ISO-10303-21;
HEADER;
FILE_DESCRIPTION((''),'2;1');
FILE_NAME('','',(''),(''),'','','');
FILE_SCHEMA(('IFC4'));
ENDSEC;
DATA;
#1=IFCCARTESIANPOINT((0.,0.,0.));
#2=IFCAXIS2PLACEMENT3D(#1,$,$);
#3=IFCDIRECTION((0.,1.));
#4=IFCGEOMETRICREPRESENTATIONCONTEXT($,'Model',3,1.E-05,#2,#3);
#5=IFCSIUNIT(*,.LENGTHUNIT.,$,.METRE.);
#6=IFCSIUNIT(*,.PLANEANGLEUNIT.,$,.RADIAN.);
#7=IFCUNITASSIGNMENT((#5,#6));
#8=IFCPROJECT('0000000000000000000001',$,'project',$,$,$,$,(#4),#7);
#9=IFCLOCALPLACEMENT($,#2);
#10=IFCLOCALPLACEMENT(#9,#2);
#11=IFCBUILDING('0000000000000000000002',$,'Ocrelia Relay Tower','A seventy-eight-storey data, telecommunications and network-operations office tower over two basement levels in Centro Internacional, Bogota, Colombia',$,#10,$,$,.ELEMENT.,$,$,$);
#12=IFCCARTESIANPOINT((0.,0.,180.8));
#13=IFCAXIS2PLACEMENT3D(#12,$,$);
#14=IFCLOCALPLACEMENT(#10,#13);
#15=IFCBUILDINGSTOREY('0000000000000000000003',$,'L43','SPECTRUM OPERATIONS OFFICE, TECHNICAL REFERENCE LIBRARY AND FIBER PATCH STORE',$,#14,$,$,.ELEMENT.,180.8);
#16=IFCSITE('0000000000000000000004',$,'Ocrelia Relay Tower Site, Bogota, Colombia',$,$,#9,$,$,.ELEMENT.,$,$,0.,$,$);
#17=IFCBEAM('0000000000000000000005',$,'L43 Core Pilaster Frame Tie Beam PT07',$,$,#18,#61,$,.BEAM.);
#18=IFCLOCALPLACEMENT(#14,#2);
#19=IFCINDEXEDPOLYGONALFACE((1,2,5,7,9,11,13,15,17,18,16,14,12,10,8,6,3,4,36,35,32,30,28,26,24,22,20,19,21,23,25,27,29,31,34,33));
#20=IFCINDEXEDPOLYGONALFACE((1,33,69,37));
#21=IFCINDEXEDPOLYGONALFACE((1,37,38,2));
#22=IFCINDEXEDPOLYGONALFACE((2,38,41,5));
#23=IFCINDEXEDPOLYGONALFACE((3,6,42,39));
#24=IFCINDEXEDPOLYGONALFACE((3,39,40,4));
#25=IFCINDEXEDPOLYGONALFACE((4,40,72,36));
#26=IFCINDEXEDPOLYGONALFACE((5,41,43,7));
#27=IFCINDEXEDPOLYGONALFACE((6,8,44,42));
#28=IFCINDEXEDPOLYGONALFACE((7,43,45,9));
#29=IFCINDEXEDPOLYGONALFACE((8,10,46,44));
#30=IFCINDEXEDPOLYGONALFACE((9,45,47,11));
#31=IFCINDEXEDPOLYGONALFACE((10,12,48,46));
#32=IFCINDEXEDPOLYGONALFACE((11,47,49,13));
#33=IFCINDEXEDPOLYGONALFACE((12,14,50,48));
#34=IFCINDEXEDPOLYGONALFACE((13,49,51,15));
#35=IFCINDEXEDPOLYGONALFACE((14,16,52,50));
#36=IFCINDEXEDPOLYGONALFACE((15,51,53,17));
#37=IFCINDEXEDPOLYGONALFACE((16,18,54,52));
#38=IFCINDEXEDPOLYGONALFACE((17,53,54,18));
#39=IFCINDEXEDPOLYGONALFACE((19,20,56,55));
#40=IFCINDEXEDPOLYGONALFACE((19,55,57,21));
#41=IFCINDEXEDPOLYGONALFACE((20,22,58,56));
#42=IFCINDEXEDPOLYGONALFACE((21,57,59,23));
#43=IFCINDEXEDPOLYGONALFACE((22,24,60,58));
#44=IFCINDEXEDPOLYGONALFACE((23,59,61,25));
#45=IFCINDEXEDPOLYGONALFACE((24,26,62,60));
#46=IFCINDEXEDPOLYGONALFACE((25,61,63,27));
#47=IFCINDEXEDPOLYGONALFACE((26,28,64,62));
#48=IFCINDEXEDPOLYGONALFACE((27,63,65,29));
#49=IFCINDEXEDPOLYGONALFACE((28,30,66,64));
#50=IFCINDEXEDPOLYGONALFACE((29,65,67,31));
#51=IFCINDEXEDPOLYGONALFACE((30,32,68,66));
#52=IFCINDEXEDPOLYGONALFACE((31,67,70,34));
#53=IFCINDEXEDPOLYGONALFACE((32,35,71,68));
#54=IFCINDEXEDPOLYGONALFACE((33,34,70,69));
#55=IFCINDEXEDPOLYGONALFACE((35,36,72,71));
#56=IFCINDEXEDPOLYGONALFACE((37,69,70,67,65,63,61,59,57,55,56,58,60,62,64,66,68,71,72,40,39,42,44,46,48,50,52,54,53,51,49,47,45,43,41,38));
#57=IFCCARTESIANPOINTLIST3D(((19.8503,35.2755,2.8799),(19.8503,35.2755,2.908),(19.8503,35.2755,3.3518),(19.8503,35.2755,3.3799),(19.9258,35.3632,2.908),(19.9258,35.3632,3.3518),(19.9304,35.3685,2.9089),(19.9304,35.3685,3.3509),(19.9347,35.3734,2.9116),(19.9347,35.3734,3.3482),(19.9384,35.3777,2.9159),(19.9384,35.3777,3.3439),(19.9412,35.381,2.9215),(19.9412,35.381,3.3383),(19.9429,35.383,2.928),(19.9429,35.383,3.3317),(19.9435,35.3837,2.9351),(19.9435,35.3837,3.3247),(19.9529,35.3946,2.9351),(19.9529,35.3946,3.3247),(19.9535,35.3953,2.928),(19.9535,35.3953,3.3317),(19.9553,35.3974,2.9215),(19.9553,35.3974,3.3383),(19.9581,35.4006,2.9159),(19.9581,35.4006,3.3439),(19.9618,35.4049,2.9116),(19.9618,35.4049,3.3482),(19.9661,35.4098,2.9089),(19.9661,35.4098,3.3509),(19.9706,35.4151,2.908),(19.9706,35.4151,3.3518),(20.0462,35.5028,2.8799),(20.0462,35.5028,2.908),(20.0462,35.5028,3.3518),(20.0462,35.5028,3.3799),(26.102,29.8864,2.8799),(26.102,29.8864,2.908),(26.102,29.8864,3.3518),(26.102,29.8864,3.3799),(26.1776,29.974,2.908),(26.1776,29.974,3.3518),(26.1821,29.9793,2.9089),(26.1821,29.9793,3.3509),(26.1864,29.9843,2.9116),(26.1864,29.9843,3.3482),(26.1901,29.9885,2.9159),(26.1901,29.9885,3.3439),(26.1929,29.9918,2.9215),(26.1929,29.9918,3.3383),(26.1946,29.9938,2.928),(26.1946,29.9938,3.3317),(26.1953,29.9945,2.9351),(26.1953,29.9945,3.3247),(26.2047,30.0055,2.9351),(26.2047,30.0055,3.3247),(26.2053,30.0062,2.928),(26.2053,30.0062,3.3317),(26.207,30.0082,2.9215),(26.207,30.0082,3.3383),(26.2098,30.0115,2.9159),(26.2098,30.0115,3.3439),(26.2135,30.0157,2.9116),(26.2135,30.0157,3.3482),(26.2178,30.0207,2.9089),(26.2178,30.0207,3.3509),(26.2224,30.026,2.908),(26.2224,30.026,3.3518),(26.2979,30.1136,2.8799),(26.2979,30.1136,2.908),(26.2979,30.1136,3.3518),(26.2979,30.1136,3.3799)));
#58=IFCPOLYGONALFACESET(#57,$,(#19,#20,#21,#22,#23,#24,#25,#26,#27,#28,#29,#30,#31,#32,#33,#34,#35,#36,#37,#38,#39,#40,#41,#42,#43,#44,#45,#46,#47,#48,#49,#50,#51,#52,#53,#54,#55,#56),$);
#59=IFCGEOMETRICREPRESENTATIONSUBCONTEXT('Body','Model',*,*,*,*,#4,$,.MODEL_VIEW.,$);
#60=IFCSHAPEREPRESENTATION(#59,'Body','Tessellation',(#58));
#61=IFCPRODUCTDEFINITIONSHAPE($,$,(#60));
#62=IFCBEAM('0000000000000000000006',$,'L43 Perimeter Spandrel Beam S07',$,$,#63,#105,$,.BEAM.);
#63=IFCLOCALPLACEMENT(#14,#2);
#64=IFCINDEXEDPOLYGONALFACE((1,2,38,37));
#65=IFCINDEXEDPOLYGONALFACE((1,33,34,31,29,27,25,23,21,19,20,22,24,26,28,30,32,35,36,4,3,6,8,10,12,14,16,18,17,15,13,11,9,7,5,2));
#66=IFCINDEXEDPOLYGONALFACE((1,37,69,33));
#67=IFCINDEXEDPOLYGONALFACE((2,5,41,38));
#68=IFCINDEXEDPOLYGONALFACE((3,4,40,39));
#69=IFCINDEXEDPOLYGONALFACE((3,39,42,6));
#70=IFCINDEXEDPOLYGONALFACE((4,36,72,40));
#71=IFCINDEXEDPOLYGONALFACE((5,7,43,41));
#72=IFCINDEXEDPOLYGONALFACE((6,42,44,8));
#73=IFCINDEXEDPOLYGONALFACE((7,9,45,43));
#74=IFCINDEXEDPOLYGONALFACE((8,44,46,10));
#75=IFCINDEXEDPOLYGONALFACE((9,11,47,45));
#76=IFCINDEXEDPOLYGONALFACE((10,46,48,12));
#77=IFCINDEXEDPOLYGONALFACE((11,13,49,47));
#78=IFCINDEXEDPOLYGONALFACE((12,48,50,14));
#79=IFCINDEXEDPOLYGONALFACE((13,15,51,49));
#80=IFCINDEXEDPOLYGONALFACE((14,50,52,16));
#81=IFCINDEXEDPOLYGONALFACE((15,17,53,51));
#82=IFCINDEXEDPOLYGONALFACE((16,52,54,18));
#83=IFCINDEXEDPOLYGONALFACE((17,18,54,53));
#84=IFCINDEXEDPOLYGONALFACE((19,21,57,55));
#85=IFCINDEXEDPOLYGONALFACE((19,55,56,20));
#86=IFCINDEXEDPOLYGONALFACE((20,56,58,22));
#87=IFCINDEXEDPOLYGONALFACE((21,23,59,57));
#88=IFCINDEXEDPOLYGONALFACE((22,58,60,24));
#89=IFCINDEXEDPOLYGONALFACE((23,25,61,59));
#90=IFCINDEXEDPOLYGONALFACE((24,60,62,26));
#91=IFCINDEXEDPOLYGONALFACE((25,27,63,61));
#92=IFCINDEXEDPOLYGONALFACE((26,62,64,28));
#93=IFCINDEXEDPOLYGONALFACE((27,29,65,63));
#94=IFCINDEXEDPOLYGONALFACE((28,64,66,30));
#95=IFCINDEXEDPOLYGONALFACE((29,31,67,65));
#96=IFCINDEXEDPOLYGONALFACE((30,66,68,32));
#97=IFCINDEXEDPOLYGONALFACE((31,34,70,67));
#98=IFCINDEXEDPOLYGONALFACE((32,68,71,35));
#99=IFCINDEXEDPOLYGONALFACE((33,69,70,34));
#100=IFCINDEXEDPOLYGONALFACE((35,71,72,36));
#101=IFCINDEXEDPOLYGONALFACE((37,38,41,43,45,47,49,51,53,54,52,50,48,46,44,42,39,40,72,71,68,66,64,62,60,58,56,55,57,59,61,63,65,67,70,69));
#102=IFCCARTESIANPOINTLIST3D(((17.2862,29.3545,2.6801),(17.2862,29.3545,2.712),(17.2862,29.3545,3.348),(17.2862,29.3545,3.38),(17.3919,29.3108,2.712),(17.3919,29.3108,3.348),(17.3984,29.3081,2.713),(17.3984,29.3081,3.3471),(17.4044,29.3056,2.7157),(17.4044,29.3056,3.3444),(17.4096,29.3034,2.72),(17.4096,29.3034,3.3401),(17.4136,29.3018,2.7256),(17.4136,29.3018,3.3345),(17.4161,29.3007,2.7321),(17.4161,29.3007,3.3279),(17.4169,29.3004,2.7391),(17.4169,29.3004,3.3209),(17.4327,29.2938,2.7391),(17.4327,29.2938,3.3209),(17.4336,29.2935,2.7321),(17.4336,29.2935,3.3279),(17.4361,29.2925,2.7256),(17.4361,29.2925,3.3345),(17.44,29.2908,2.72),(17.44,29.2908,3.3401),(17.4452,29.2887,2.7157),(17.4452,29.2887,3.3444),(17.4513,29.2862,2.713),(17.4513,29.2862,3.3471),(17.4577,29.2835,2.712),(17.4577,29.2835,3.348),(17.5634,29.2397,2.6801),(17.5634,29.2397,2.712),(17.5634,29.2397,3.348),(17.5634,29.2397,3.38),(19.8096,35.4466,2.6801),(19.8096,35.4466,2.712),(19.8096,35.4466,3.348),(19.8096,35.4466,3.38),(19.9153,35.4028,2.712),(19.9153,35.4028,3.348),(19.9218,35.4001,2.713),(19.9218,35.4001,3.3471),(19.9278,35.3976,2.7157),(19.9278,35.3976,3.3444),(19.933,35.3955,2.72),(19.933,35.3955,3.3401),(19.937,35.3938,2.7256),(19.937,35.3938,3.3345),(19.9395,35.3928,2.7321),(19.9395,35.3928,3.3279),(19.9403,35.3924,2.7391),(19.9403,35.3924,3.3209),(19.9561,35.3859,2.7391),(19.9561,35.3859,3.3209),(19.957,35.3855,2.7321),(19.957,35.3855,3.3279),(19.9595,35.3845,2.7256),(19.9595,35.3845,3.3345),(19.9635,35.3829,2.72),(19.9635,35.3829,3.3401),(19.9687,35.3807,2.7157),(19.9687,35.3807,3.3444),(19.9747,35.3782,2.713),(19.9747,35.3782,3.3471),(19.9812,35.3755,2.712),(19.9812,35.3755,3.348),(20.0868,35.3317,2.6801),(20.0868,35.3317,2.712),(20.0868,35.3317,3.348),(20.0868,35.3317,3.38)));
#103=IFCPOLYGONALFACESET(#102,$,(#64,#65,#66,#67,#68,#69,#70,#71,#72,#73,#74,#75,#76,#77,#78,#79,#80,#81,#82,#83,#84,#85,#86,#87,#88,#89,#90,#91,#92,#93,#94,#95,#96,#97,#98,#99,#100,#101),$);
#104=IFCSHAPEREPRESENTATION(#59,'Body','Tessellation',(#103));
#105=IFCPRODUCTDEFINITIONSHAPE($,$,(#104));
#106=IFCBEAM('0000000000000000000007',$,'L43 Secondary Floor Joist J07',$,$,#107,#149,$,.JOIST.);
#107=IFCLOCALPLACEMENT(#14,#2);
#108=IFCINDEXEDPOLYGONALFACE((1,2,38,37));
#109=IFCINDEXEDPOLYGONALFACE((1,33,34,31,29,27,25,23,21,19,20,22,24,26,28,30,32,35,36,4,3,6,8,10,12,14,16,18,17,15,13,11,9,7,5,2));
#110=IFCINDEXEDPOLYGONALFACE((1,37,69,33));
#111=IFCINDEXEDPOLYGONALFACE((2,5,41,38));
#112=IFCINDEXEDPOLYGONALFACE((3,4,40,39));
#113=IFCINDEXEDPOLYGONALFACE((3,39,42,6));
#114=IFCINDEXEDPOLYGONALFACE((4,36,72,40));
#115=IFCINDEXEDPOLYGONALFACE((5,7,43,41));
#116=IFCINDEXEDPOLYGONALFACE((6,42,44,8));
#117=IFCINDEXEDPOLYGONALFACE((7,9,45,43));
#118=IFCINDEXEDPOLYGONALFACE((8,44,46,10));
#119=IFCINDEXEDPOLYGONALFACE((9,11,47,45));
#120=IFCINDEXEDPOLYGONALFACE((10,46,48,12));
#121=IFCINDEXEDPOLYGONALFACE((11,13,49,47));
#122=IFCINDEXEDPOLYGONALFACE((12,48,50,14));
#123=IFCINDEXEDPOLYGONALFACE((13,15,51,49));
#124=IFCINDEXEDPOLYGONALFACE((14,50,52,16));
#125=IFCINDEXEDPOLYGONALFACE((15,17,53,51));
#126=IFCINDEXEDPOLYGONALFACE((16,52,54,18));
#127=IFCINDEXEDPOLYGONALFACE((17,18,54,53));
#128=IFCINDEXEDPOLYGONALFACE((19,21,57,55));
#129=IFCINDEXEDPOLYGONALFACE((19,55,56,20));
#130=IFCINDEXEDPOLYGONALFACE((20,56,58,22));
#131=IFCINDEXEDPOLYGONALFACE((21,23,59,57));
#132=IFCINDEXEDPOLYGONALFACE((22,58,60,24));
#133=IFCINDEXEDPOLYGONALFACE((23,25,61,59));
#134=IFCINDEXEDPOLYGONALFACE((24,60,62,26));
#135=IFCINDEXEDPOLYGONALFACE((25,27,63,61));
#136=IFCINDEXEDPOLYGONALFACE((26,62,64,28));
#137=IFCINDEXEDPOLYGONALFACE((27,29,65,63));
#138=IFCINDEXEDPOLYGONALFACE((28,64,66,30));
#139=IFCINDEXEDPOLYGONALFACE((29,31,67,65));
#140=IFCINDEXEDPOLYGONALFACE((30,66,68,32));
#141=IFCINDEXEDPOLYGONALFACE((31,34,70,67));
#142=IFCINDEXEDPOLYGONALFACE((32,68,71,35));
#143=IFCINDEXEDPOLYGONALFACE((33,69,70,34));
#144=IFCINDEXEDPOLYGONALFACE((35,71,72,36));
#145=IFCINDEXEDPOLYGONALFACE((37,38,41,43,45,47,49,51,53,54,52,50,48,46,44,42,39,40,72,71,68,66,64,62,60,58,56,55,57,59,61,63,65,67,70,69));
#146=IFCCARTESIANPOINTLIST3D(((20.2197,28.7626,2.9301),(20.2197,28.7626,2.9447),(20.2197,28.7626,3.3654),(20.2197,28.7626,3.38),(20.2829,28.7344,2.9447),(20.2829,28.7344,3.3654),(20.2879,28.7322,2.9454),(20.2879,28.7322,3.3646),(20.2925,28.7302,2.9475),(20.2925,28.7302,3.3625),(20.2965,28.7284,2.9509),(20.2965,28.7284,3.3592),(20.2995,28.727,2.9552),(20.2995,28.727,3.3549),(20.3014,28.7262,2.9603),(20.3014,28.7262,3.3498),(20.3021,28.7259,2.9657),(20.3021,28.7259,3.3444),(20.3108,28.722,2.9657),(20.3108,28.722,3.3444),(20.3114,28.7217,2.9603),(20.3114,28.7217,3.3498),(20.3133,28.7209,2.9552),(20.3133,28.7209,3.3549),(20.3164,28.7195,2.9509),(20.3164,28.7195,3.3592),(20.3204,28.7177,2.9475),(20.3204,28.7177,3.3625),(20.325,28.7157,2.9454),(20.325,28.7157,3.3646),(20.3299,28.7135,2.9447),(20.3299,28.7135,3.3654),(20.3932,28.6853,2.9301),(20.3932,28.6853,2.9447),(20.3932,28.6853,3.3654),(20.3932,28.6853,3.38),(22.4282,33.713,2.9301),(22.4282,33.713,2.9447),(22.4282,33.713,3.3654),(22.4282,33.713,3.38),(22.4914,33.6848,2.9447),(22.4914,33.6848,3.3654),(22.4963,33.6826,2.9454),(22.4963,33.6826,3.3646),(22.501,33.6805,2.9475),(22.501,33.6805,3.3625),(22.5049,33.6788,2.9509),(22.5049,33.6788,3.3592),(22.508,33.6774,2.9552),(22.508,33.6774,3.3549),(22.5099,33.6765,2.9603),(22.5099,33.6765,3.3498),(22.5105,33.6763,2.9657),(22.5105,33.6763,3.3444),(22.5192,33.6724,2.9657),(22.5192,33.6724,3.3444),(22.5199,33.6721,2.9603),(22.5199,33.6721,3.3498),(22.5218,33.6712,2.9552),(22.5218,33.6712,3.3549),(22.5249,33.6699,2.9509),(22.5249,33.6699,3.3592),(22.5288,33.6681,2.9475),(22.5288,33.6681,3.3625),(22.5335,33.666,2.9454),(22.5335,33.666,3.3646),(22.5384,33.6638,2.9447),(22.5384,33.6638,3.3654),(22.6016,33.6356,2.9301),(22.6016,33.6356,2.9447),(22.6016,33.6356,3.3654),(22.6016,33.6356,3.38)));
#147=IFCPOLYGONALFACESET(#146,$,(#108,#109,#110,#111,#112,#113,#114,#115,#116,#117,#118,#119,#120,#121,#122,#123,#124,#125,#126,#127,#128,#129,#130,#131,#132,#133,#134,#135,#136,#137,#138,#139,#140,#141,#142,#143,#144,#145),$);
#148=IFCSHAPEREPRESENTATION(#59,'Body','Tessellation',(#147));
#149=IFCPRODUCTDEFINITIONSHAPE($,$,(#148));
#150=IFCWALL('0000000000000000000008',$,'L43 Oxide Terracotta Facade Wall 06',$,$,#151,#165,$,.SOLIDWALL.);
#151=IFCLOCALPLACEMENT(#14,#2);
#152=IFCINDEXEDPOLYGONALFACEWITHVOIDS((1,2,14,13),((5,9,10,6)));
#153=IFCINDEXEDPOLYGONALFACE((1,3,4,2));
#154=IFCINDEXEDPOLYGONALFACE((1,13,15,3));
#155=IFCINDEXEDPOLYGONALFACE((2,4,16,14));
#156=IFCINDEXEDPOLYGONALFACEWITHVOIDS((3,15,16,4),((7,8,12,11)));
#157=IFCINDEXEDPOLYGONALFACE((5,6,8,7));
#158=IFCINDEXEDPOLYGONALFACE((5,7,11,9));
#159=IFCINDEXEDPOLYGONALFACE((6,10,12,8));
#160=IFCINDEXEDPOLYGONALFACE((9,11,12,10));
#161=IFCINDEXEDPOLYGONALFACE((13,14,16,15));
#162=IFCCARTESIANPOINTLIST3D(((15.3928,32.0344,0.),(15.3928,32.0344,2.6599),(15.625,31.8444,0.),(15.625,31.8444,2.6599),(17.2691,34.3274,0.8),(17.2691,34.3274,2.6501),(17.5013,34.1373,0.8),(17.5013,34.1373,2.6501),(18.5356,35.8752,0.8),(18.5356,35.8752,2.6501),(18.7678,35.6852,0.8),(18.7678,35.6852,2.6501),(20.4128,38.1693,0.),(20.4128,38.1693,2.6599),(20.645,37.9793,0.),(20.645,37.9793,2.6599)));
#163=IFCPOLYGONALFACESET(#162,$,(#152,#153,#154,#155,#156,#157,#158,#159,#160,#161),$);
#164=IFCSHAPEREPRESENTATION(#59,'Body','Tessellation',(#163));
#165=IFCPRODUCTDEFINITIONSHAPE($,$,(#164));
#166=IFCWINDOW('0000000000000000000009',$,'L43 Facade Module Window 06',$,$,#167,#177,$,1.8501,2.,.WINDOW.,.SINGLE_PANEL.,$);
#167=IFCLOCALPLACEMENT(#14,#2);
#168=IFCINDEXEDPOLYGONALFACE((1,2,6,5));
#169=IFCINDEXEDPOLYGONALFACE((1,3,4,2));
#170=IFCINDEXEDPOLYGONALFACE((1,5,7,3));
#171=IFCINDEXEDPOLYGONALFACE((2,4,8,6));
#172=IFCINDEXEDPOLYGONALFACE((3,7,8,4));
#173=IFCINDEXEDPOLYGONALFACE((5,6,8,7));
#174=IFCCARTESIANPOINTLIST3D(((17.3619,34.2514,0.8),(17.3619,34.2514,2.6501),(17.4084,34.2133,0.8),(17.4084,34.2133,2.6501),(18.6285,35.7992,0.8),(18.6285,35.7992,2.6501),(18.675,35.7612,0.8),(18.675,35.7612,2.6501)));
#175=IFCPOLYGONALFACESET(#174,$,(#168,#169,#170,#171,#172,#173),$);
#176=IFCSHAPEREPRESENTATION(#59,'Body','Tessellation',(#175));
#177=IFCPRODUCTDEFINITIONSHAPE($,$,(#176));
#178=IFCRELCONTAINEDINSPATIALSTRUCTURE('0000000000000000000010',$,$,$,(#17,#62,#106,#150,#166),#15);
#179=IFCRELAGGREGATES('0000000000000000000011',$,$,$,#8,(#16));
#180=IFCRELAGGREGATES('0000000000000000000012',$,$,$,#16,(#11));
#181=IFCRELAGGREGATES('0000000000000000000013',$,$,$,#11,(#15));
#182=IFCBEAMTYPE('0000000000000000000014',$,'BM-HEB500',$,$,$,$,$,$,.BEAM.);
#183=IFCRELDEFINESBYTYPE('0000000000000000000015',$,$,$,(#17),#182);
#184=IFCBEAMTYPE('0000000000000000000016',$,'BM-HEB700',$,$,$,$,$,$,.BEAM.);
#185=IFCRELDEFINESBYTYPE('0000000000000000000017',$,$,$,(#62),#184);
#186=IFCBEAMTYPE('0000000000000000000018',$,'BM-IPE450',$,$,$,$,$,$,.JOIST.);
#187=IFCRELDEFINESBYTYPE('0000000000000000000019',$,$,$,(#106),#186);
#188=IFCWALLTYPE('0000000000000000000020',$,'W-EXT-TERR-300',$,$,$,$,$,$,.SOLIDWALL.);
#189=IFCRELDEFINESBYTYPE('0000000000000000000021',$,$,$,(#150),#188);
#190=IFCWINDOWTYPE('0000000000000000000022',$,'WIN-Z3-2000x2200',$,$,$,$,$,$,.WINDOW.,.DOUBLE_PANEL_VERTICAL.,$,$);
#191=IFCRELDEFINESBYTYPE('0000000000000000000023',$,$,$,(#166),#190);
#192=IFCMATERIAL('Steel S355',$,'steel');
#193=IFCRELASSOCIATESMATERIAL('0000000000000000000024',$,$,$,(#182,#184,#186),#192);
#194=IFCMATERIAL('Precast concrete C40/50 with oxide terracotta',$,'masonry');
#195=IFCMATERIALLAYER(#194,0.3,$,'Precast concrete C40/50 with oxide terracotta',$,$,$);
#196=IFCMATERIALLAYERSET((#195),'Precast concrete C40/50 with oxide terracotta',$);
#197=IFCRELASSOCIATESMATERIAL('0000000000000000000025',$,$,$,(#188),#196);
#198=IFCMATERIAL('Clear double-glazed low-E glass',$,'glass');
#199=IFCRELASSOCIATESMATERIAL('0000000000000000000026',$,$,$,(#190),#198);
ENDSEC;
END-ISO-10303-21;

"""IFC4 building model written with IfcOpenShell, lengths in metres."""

from ifc_helpers import new_model, si_unit, direction, frame, frame_2d, origin, origin_2d, place, context, subcontext, project, spatial, rectangle, i_section, extrude, material, layer, layer_set, material_profile, profile_set, type_object, element, fill, save


model = new_model("IFC4")

# Units and contexts
model_context = context("Model", 3, precision=1e-05, world=origin(), true_north=direction((0.0, 1.0)))
body_context = subcontext(model_context, "Body", "Model", "MODEL_VIEW")
ifc_project = project(units=[si_unit("LENGTHUNIT", "METRE"), si_unit("PLANEANGLEUNIT", "RADIAN")], contexts=[model_context])

# Site, building, storey
site_placement = place(None, origin())
site = spatial("IfcSite", under=ifc_project, at=site_placement, Name="Ocrelia Relay Tower Site, Bogota, Colombia", CompositionType="ELEMENT", RefElevation=0.0)
building_placement = place(site_placement, origin())
building = spatial("IfcBuilding", under=site, at=building_placement, Name="Ocrelia Relay Tower", Description="A seventy-eight-storey data, telecommunications and network-operations office tower over two basement levels in Centro Internacional, Bogota, Colombia", CompositionType="ELEMENT")
storey_placement = place(building_placement, frame((0.0, 0.0, 180.8)))
storey = spatial("IfcBuildingStorey", under=building, at=storey_placement, Name="L43", Description="SPECTRUM OPERATIONS OFFICE, TECHNICAL REFERENCE LIBRARY AND FIBER PATCH STORE", CompositionType="ELEMENT", Elevation=180.8)

# Beams
ifc_material_1 = material(Name="Steel S355", Category="steel")
ifc_material_profile_1 = material_profile(ifc_material_1, i_section(OverallWidth=0.3, OverallDepth=0.5, WebThickness=0.0144, FlangeThickness=0.0281, FilletRadius=0.0271, at=origin_2d()), Name="HEB 500")
ifc_profile_set_1 = profile_set([ifc_material_profile_1], Name="Steel S355")
beam_type_1 = type_object("IfcBeamType", Name="BM-HEB500", PredefinedType="BEAM", material=ifc_profile_set_1)
beam_1_placement = place(storey_placement, frame((19.9482, 35.3892, 3.1299), z_axis=(0.757425, -0.652923, 0.0), x_axis=(0.652923, 0.757425, 0.0)))
element("IfcBeam", 1, at=beam_1_placement, inside=storey, type_object=beam_type_1, Name="L43 Core Pilaster Frame Tie Beam PT07", PredefinedType="BEAM", context=body_context, shape_type="SweptSolid", body=[
    extrude(i_section(OverallWidth=0.3, OverallDepth=0.5, WebThickness=0.0144, FlangeThickness=0.0281, FilletRadius=0.0271, at=origin_2d()), origin(), (0.0, 0.0, 1.0), 8.2539),
])
ifc_material_profile_2 = material_profile(ifc_material_1, i_section(OverallWidth=0.3, OverallDepth=0.7, WebThickness=0.0171, FlangeThickness=0.032, FilletRadius=0.0271, at=origin_2d()), Name="HEB 700")
ifc_profile_set_2 = profile_set([ifc_material_profile_2], Name="Steel S355")
beam_type_2 = type_object("IfcBeamType", Name="BM-HEB700", PredefinedType="BEAM", material=ifc_profile_set_2)
beam_2_placement = place(storey_placement, frame((19.9482, 35.3892, 3.03), z_axis=(-0.382688, -0.923878, 0.0), x_axis=(0.923878, -0.382688, 0.0)))
element("IfcBeam", 2, at=beam_2_placement, inside=storey, type_object=beam_type_2, Name="L43 Perimeter Spandrel Beam S07", PredefinedType="BEAM", context=body_context, shape_type="SweptSolid", body=[
    extrude(i_section(OverallWidth=0.3, OverallDepth=0.7, WebThickness=0.0171, FlangeThickness=0.032, FilletRadius=0.0271, at=origin_2d()), origin(), (0.0, 0.0, 1.0), 6.594),
])
ifc_material_profile_3 = material_profile(ifc_material_1, i_section(OverallWidth=0.1899, OverallDepth=0.45, WebThickness=0.0095, FlangeThickness=0.0146, FilletRadius=0.021, at=origin_2d()), Name="IPE 450")
ifc_profile_set_3 = profile_set([ifc_material_profile_3], Name="Steel S355")
beam_type_3 = type_object("IfcBeamType", Name="BM-IPE450", PredefinedType="JOIST", material=ifc_profile_set_3)
beam_3_placement = place(storey_placement, frame((22.5149, 33.6743, 3.155), z_axis=(-0.407417, -0.913242, 0.0), x_axis=(0.913242, -0.407417, 0.0)))
element("IfcBeam", 3, at=beam_3_placement, inside=storey, type_object=beam_type_3, Name="L43 Secondary Floor Joist J07", PredefinedType="JOIST", context=body_context, shape_type="SweptSolid", body=[
    extrude(i_section(OverallWidth=0.1899, OverallDepth=0.45, WebThickness=0.0095, FlangeThickness=0.0146, FilletRadius=0.021, at=origin_2d()), origin(), (0.0, 0.0, 1.0), 5.4207),
])

# Wall, opening, window
ifc_material_2 = material(Name="Precast concrete C40/50 with oxide terracotta", Category="masonry")
ifc_layer_1 = layer(ifc_material_2, 0.3, Name="Precast concrete C40/50 with oxide terracotta")
ifc_layer_set_1 = layer_set([ifc_layer_1], Name="Precast concrete C40/50 with oxide terracotta")
wall_type_1 = type_object("IfcWallType", Name="W-EXT-TERR-300", PredefinedType="SOLIDWALL", material=ifc_layer_set_1)
wall_1_placement = place(storey_placement, frame((20.5288, 38.0742, 0.0), z_axis=(0.0, 0.0, 1.0), x_axis=(-0.633273, -0.773928, 0.0)))
wall_1 = element("IfcWall", 4, at=wall_1_placement, inside=storey, type_object=wall_type_1, Name="L43 Oxide Terracotta Facade Wall 06", PredefinedType="SOLIDWALL", context=body_context, shape_type="SweptSolid", body=[
    extrude(rectangle(XDim=7.927, YDim=0.3, at=frame_2d((3.9634, 0.0))), origin(), (0.0, 0.0, 1.0), 2.6599),
])
opening_placement = place(wall_1_placement, frame((2.9641, 0.0, 0.8)))
opening = element("IfcOpeningElement", 5, at=opening_placement, cuts=wall_1, PredefinedType="OPENING", context=body_context, shape_type="SweptSolid", body=[
    extrude(rectangle(XDim=2.0, YDim=1.8501, at=frame_2d((1.0, 0.925))), frame((0.0, 0.1602, 0.0), z_axis=(0.0, -1.0, 0.0), x_axis=(1.0, 0.0, 0.0)), (0.0, 0.0, 1.0), 0.3201),
])
ifc_material_3 = material(Name="Clear double-glazed low-E glass", Category="glass")
window_type = type_object("IfcWindowType", Name="WIN-Z3-2000x2200", PartitioningType="DOUBLE_PANEL_VERTICAL", PredefinedType="WINDOW", material=ifc_material_3)
window_placement = place(opening_placement, origin())
window = element("IfcWindow", 6, at=window_placement, inside=storey, type_object=window_type, Name="L43 Facade Module Window 06", OverallHeight=1.8501, OverallWidth=2.0, PartitioningType="SINGLE_PANEL", PredefinedType="WINDOW", context=body_context, shape_type="SweptSolid", body=[
    extrude(rectangle(XDim=2.0, YDim=1.8501, at=frame_2d((1.0, 0.925))), frame((0.0, 0.03, 0.0), z_axis=(0.0, -1.0, 0.0), x_axis=(1.0, 0.0, 0.0)), (0.0, 0.0, 1.0), 0.0601),
])
fill(opening, window)

save(model, "model.ifc")
